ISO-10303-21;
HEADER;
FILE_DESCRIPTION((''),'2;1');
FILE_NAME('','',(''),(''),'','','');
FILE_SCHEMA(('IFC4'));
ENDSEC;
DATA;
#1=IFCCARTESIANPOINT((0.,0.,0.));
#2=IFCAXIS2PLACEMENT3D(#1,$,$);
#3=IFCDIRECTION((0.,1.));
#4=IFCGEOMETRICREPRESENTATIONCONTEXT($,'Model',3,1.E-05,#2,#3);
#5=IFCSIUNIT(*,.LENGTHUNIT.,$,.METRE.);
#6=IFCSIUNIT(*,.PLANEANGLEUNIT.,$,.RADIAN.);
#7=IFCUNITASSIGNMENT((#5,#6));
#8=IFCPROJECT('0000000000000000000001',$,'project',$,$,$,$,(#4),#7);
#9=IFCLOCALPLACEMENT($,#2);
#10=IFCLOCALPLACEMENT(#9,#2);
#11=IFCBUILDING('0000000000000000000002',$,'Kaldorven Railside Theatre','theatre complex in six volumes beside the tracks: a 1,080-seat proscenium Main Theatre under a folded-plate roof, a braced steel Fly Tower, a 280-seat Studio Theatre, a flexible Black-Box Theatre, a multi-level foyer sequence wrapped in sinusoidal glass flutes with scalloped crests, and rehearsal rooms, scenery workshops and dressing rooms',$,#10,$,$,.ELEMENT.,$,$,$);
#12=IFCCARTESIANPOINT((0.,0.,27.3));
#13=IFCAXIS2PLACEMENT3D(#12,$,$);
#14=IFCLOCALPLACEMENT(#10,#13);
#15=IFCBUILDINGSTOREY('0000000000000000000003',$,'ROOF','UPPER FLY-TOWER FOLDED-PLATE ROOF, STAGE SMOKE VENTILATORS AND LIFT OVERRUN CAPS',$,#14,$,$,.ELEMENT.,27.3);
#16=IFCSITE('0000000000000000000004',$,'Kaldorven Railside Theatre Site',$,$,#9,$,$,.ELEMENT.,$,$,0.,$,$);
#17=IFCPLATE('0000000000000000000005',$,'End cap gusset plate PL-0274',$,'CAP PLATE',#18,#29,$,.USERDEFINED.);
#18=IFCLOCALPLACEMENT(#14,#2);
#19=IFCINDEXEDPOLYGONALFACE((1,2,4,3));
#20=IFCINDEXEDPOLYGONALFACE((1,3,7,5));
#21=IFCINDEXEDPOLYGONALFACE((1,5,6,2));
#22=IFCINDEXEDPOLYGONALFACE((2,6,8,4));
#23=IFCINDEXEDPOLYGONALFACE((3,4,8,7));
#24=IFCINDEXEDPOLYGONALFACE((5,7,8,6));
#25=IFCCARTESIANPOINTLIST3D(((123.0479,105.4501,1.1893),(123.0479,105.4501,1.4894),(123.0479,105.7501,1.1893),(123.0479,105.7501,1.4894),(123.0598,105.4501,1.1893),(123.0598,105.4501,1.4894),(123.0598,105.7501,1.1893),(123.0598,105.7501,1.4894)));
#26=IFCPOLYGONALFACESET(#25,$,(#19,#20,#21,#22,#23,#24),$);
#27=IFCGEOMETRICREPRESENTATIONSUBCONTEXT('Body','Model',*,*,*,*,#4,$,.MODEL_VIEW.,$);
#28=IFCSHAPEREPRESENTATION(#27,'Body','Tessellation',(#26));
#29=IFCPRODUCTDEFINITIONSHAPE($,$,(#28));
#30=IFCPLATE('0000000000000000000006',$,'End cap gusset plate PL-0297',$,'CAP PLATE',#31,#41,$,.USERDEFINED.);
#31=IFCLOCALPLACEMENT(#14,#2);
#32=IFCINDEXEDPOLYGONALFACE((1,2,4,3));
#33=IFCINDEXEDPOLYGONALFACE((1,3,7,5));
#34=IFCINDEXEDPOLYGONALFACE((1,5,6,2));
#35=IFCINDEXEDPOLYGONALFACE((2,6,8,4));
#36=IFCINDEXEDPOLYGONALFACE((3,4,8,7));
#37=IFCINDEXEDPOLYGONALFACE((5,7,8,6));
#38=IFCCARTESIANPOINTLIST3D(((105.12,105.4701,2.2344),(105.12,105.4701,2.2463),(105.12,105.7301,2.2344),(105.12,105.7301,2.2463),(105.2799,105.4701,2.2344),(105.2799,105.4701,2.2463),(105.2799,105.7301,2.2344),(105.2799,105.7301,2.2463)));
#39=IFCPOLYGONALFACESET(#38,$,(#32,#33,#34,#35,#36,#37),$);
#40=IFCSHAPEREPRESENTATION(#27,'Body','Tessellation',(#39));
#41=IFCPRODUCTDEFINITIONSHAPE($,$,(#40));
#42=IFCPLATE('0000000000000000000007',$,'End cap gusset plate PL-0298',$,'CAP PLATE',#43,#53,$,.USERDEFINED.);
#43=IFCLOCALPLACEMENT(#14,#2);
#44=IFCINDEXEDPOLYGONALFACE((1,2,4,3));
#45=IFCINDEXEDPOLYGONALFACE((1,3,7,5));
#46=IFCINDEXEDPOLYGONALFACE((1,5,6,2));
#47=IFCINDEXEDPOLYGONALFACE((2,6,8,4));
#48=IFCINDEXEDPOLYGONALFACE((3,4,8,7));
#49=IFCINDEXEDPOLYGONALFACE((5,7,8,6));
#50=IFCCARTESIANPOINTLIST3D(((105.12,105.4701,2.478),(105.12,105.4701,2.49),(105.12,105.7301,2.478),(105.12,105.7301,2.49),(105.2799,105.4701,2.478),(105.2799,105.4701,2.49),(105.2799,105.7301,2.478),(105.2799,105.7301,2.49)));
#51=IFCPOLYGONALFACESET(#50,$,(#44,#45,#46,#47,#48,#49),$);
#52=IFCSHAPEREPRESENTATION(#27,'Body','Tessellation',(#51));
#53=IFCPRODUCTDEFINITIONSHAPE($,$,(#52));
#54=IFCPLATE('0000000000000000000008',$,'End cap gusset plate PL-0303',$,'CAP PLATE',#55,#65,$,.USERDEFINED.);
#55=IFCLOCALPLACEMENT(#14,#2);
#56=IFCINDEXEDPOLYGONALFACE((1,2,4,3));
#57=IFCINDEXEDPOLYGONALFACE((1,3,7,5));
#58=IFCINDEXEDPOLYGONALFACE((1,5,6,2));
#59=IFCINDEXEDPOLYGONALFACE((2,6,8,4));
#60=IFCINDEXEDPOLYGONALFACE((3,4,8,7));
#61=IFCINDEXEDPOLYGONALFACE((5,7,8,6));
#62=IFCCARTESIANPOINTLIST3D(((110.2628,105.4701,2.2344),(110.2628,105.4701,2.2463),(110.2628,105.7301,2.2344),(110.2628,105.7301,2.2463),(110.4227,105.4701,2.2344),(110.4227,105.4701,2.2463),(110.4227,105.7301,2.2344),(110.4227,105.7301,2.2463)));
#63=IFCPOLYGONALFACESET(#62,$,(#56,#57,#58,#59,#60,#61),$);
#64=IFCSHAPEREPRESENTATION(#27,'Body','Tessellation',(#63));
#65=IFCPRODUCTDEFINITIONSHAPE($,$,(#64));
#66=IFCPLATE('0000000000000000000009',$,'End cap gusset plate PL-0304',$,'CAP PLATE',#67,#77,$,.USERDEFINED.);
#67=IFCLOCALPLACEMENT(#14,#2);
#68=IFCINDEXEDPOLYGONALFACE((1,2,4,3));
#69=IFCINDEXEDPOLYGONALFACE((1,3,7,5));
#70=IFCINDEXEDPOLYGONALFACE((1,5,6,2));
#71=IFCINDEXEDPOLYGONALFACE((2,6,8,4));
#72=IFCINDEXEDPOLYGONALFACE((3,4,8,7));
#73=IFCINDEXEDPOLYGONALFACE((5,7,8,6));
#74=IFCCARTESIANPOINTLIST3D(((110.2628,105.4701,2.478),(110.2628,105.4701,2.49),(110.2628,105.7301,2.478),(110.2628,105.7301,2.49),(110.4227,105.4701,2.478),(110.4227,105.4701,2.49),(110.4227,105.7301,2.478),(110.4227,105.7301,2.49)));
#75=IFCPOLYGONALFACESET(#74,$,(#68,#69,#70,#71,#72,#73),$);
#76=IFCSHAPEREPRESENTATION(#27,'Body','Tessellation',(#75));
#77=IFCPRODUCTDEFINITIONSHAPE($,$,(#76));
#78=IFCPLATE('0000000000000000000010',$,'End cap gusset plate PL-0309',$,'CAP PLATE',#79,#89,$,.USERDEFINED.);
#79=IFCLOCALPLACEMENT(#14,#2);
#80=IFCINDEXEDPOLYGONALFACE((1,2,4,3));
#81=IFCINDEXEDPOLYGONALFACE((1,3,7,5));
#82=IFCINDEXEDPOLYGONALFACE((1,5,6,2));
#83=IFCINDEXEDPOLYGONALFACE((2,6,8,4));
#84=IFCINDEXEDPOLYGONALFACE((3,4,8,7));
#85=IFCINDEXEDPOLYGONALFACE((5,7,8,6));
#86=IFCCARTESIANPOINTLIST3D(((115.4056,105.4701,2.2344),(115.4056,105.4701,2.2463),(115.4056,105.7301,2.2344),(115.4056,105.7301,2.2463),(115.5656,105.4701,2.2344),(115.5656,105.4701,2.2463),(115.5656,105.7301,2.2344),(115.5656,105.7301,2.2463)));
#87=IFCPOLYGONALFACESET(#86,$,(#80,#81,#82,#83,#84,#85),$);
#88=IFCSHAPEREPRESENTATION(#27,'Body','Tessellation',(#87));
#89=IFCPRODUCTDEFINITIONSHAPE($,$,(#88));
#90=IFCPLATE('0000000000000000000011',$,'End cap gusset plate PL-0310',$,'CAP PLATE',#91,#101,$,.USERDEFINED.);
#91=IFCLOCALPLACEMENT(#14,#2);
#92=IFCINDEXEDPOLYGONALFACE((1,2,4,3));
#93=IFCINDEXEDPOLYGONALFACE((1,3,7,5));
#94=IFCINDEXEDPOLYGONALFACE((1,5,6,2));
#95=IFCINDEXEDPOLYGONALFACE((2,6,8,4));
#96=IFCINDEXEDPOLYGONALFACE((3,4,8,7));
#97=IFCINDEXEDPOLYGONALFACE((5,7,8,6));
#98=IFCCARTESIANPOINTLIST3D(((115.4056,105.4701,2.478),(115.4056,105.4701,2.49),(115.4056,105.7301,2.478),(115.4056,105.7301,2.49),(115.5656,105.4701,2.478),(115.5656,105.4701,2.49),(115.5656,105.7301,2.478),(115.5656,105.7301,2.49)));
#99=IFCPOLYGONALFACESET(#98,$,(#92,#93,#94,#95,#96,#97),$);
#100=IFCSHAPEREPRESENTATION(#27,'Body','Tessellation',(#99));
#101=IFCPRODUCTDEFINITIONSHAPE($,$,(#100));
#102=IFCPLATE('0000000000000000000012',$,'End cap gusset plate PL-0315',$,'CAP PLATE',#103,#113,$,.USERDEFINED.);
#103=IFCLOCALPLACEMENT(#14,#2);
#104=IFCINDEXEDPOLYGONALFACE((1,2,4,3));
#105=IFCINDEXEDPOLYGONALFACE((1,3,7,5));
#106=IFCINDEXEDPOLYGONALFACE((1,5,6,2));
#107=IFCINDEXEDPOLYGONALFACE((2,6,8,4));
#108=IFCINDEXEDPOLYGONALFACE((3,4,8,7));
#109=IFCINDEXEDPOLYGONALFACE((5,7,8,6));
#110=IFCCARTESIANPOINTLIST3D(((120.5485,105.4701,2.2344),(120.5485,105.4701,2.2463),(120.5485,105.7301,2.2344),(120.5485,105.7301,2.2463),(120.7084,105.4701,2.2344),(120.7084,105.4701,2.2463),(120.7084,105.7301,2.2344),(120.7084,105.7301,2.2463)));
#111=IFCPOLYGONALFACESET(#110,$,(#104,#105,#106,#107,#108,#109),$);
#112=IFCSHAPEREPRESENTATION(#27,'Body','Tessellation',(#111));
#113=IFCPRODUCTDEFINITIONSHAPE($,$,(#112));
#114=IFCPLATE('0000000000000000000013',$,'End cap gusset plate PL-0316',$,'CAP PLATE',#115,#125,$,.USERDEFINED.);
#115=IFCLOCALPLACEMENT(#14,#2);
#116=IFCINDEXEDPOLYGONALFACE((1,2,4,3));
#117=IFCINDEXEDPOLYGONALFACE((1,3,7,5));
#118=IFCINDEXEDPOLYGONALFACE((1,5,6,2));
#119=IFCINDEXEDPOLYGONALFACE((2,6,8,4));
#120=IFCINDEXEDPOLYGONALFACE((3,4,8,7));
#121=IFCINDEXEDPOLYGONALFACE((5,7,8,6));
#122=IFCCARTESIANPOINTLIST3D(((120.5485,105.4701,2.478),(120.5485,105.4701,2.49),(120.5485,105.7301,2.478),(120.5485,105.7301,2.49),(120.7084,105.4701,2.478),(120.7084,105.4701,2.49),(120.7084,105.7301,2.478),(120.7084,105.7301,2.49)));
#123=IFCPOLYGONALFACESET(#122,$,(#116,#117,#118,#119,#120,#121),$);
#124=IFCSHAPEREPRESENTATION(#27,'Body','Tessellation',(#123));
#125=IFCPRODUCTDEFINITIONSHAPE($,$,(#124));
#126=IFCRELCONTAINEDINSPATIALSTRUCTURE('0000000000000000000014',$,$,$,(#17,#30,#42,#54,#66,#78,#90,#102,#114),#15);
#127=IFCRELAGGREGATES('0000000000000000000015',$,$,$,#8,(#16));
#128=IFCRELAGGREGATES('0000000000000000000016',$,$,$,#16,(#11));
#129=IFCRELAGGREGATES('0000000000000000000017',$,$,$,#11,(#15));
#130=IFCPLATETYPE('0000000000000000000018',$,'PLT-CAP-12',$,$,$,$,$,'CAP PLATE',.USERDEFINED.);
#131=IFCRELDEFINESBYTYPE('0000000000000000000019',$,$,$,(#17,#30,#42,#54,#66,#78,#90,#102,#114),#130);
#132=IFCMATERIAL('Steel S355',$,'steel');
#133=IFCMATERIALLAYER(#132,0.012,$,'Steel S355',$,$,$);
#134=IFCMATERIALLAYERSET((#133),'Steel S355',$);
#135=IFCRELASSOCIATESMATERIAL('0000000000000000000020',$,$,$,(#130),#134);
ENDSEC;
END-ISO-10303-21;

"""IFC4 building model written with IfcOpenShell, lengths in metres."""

from ifc_helpers import new_model, si_unit, direction, frame, origin, origin_2d, place, context, subcontext, project, spatial, rectangle, extrude, material, layer, layer_set, type_object, element, save


model = new_model("IFC4")

# Units and contexts
model_context = context("Model", 3, precision=1e-05, world=origin(), true_north=direction((0.0, 1.0)))
body_context = subcontext(model_context, "Body", "Model", "MODEL_VIEW")
ifc_project = project(units=[si_unit("LENGTHUNIT", "METRE"), si_unit("PLANEANGLEUNIT", "RADIAN")], contexts=[model_context])

# Site, building, storey
site_placement = place(None, origin())
site = spatial("IfcSite", under=ifc_project, at=site_placement, Name="Kaldorven Railside Theatre Site", CompositionType="ELEMENT", RefElevation=0.0)
building_placement = place(site_placement, origin())
building = spatial("IfcBuilding", under=site, at=building_placement, Name="Kaldorven Railside Theatre", Description="theatre complex in six volumes beside the tracks: a 1,080-seat proscenium Main Theatre under a folded-plate roof, a braced steel Fly Tower, a 280-seat Studio Theatre, a flexible Black-Box Theatre, a multi-level foyer sequence wrapped in sinusoidal glass flutes with scalloped crests, and rehearsal rooms, scenery workshops and dressing rooms", CompositionType="ELEMENT")
storey_placement = place(building_placement, frame((0.0, 0.0, 27.3)))
storey = spatial("IfcBuildingStorey", under=building, at=storey_placement, Name="ROOF", Description="UPPER FLY-TOWER FOLDED-PLATE ROOF, STAGE SMOKE VENTILATORS AND LIFT OVERRUN CAPS", CompositionType="ELEMENT", Elevation=27.3)

# Shared definitions
ifc_material_1 = material(Name="Steel S355", Category="steel")

# Plates
ifc_layer_1 = layer(ifc_material_1, 0.012, Name="Steel S355")
ifc_layer_set_1 = layer_set([ifc_layer_1], Name="Steel S355")
plate_type = type_object("IfcPlateType", Name="PLT-CAP-12", ElementType="CAP PLATE", PredefinedType="USERDEFINED", material=ifc_layer_set_1)
plate_placement = place(storey_placement, frame((123.0479, 105.6001, 1.3394), z_axis=(1.0, 0.0, 0.0), x_axis=(0.0, 1.0, 0.0)))
element("IfcPlate", 1, at=plate_placement, inside=storey, type_object=plate_type, Name="End cap gusset plate PL-0274", ObjectType="CAP PLATE", PredefinedType="USERDEFINED", context=body_context, shape_type="SweptSolid", body=[
    extrude(rectangle(XDim=0.3, YDim=0.3, at=origin_2d()), origin(), (0.0, 0.0, 1.0), 0.012),
])
for number, where, z_axis, x_axis, name in (
    (2, (105.2, 105.6001, 2.2344), (0.0, 0.0, 1.0), (1.0, 0.0, 0.0), "End cap gusset plate PL-0297"),
    (3, (105.2, 105.6001, 2.478), (0.0, 0.0, 1.0), (1.0, 0.0, 0.0), "End cap gusset plate PL-0298"),
    (4, (110.3428, 105.6001, 2.2344), (0.0, 0.0, 1.0), (1.0, 0.0, 0.0), "End cap gusset plate PL-0303"),
    (5, (110.3428, 105.6001, 2.478), (0.0, 0.0, 1.0), (1.0, 0.0, 0.0), "End cap gusset plate PL-0304"),
    (6, (115.4856, 105.6001, 2.2344), (0.0, 0.0, 1.0), (1.0, 0.0, 0.0), "End cap gusset plate PL-0309"),
    (7, (115.4856, 105.6001, 2.478), (0.0, 0.0, 1.0), (1.0, 0.0, 0.0), "End cap gusset plate PL-0310"),
    (8, (120.6284, 105.6001, 2.2344), (0.0, 0.0, 1.0), (1.0, 0.0, 0.0), "End cap gusset plate PL-0315"),
    (9, (120.6284, 105.6001, 2.478), (0.0, 0.0, 1.0), (1.0, 0.0, 0.0), "End cap gusset plate PL-0316"),
):
    element("IfcPlate", number, at=place(storey_placement, frame(where, z_axis=z_axis, x_axis=x_axis)), inside=storey, type_object=plate_type, Name=name, ObjectType="CAP PLATE", PredefinedType="USERDEFINED", context=body_context, shape_type="SweptSolid", body=[
        extrude(rectangle(XDim=0.1599, YDim=0.26, at=origin_2d()), origin(), (0.0, 0.0, 1.0), 0.012),
    ])

save(model, "model.ifc")
